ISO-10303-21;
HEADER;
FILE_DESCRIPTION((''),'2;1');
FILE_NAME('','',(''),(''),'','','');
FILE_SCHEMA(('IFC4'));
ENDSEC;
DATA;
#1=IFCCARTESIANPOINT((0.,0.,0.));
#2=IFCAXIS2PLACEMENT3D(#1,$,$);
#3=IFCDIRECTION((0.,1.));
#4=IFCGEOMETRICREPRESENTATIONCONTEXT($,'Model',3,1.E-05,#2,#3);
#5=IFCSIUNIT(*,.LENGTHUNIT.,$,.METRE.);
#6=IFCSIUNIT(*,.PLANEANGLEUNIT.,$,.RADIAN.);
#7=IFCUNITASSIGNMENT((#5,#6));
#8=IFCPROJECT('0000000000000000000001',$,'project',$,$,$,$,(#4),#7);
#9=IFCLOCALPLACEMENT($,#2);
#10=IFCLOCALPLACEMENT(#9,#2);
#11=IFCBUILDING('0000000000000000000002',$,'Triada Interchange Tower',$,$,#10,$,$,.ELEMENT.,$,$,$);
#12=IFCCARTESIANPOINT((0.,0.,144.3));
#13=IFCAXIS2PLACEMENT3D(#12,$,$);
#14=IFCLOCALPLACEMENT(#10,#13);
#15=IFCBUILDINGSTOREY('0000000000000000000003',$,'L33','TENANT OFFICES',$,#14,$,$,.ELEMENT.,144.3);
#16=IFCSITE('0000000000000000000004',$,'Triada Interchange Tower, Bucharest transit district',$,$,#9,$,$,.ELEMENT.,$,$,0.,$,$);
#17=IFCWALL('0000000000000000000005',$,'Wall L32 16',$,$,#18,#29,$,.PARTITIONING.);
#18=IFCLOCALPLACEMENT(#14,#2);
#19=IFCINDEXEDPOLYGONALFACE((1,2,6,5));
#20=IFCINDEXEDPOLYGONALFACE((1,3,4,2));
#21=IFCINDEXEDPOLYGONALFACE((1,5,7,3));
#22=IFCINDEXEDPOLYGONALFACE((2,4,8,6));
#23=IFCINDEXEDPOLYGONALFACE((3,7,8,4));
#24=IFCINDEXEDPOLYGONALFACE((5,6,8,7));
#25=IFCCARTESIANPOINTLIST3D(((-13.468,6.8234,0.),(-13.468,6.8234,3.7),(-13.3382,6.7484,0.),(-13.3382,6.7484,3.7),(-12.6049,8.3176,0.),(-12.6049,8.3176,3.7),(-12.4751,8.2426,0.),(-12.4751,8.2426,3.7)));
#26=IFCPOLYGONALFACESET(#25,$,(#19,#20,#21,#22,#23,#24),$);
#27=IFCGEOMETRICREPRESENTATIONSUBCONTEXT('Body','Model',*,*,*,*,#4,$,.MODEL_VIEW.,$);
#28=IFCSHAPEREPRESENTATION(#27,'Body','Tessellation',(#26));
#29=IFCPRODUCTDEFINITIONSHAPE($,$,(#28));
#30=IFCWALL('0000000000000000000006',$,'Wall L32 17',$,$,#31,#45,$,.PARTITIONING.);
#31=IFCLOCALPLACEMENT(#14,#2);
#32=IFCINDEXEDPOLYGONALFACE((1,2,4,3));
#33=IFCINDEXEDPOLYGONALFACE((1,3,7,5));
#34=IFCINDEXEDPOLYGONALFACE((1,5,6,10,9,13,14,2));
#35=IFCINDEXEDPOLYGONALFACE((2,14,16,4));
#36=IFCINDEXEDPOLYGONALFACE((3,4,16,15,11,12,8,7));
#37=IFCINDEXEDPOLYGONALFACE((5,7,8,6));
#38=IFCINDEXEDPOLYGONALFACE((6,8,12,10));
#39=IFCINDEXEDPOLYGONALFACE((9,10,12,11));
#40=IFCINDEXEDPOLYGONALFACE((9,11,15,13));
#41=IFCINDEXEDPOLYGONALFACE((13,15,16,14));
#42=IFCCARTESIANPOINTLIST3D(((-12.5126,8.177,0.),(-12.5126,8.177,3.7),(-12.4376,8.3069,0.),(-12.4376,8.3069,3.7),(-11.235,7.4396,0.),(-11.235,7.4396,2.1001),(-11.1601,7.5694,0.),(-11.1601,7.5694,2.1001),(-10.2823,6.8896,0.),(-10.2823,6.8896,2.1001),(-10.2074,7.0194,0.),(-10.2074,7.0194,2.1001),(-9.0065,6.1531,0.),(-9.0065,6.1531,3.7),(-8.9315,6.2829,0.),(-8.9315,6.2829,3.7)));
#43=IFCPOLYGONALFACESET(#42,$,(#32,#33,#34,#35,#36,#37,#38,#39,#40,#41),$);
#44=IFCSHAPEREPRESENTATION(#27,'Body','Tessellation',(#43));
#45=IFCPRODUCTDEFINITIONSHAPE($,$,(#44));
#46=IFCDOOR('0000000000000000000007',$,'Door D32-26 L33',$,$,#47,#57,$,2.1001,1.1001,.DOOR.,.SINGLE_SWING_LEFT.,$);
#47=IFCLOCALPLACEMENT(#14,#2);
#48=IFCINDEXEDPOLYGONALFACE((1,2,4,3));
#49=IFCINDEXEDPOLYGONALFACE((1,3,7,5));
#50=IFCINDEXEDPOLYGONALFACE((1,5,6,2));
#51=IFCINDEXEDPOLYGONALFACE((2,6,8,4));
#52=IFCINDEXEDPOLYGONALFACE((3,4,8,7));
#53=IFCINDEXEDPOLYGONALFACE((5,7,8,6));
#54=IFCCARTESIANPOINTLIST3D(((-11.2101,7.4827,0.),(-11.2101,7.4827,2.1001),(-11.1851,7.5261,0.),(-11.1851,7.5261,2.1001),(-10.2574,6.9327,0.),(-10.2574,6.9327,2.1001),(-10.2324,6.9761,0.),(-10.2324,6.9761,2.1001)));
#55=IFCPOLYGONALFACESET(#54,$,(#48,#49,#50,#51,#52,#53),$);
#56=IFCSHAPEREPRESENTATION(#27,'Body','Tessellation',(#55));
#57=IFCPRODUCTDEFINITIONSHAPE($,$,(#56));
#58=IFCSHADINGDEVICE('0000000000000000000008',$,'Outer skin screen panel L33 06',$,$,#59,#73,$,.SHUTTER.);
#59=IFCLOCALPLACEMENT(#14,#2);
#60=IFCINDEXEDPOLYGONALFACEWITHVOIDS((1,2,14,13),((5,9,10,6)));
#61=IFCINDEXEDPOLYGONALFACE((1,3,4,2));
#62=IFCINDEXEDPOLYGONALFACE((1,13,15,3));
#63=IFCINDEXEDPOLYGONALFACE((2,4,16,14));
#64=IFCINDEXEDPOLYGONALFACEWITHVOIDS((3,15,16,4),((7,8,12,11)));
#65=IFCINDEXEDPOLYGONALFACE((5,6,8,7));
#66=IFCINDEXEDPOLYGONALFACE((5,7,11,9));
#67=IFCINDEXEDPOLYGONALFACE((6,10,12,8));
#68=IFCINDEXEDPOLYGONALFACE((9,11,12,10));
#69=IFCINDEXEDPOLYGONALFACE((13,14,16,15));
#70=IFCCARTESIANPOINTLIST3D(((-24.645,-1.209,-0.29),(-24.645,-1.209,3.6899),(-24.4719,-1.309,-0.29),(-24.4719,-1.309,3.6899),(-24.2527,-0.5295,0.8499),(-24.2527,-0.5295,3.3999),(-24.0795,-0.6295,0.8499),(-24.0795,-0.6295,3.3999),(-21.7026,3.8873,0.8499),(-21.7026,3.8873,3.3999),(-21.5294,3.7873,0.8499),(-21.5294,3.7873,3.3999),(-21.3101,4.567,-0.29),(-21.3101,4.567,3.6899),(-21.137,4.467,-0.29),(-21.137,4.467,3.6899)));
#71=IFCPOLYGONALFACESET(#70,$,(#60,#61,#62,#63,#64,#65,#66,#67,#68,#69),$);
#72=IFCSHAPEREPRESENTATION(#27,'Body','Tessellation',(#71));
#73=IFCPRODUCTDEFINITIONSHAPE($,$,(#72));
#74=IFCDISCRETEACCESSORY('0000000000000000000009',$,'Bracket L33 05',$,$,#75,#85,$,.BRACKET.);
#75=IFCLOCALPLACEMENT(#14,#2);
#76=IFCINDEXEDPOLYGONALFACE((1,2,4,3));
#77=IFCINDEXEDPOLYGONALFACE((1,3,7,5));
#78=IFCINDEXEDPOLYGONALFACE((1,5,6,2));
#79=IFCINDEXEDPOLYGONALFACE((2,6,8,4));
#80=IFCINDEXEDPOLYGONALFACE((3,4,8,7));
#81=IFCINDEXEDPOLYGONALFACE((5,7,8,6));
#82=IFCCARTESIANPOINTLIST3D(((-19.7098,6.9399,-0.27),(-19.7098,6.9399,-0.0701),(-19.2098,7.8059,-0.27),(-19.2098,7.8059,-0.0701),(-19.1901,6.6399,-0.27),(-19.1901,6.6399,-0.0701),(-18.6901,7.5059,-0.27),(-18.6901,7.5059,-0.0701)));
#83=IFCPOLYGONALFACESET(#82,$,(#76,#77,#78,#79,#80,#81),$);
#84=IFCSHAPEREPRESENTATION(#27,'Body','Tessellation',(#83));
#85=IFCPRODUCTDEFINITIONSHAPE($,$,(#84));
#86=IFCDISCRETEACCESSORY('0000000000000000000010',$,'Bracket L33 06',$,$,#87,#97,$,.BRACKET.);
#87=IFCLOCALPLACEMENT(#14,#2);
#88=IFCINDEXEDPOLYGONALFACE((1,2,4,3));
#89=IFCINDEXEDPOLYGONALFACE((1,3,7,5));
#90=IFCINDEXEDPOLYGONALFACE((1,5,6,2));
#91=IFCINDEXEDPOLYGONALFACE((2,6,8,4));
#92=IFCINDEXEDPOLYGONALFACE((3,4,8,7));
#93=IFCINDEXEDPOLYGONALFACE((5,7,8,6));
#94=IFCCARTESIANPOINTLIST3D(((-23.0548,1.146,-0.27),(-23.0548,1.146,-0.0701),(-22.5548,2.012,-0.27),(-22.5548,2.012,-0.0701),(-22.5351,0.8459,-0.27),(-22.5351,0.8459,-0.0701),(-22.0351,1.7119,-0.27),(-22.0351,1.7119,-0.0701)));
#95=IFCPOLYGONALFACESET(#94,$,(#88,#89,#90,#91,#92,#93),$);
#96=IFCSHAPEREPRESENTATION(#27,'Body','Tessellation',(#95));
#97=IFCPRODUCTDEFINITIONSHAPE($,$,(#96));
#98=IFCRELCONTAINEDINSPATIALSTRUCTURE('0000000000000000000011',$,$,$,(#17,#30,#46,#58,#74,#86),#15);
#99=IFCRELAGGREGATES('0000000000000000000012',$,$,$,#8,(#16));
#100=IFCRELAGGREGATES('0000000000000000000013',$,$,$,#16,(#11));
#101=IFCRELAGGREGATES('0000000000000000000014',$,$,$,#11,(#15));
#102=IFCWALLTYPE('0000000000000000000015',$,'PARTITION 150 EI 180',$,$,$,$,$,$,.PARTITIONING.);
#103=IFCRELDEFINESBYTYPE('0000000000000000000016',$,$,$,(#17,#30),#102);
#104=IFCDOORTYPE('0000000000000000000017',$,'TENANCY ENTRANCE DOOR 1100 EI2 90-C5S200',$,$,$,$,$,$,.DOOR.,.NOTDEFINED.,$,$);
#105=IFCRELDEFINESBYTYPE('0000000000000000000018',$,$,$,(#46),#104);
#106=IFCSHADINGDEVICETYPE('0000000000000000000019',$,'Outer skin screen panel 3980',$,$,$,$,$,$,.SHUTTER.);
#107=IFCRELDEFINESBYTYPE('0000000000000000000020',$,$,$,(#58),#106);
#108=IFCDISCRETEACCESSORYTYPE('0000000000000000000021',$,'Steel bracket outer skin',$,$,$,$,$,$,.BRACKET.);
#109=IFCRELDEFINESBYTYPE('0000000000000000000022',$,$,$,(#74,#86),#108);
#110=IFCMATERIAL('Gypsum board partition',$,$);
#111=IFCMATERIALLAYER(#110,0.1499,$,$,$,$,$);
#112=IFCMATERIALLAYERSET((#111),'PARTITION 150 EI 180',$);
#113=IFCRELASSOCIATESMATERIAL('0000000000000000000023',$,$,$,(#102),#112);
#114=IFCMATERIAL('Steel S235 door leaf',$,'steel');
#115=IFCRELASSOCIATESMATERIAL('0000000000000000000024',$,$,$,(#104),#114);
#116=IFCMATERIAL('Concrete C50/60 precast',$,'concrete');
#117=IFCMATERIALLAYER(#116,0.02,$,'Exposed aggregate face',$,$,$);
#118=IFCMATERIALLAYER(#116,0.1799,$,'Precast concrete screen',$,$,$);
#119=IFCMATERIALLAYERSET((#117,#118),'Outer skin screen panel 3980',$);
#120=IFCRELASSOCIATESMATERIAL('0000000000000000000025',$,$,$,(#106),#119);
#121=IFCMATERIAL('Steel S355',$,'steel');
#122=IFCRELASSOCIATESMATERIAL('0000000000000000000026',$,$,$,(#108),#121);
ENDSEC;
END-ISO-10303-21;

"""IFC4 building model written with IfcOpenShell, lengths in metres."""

from ifc_helpers import new_model, si_unit, direction, frame, frame_2d, origin, origin_2d, place, context, subcontext, project, spatial, polyline, rectangle, outline, extrude, material, layer, layer_set, type_object, element, fill, save


model = new_model("IFC4")

# Units and contexts
model_context = context("Model", 3, precision=1e-05, world=origin(), true_north=direction((0.0, 1.0)))
body_context = subcontext(model_context, "Body", "Model", "MODEL_VIEW")
ifc_project = project(units=[si_unit("LENGTHUNIT", "METRE"), si_unit("PLANEANGLEUNIT", "RADIAN")], contexts=[model_context])

# Site, building, storey
site_placement = place(None, origin())
site = spatial("IfcSite", under=ifc_project, at=site_placement, Name="Triada Interchange Tower, Bucharest transit district", CompositionType="ELEMENT", RefElevation=0.0)
building_placement = place(site_placement, origin())
building = spatial("IfcBuilding", under=site, at=building_placement, Name="Triada Interchange Tower", CompositionType="ELEMENT")
storey_placement = place(building_placement, frame((0.0, 0.0, 144.3)))
storey = spatial("IfcBuildingStorey", under=building, at=storey_placement, Name="L33", Description="TENANT OFFICES", CompositionType="ELEMENT", Elevation=144.3)

# Shared definitions
ifc_material_1 = material(Name="Gypsum board partition")
ifc_layer_1 = layer(ifc_material_1, 0.1499)
ifc_layer_set_1 = layer_set([ifc_layer_1], Name="PARTITION 150 EI 180")
wall_type_1 = type_object("IfcWallType", Name="PARTITION 150 EI 180", PredefinedType="PARTITIONING", material=ifc_layer_set_1)
ifc_material_2 = material(Name="Steel S235 door leaf", Category="steel")
door_type_1 = type_object("IfcDoorType", Name="TENANCY ENTRANCE DOOR 1100 EI2 90-C5S200", OperationType="NOTDEFINED", PredefinedType="DOOR", material=ifc_material_2)

# Wall
wall_1_placement = place(storey_placement, frame((-13.4031, 6.7859, 0.0), z_axis=(0.0, 0.0, 1.0), x_axis=(0.500172, 0.865926, 0.0)))
element("IfcWall", 1, at=wall_1_placement, inside=storey, type_object=wall_type_1, Name="Wall L32 16", PredefinedType="PARTITIONING", context=body_context, shape_type="SweptSolid", body=[
    extrude(rectangle(XDim=1.7256, YDim=0.1499, at=frame_2d((0.8628, 0.0))), origin(), (0.0, 0.0, 1.0), 3.7),
])

# Wall, opening, door
wall_2_placement = place(storey_placement, frame((-12.4751, 8.2419, 0.0), z_axis=(0.0, 0.0, 1.0), x_axis=(0.86606, -0.49994, 0.0)))
wall_2 = element("IfcWall", 2, at=wall_2_placement, inside=storey, type_object=wall_type_1, Name="Wall L32 17", PredefinedType="PARTITIONING", context=body_context, shape_type="SweptSolid", body=[
    extrude(rectangle(XDim=4.0483, YDim=0.1499, at=frame_2d((2.0242, 0.0))), origin(), (0.0, 0.0, 1.0), 3.7),
])
opening_1_placement = place(wall_2_placement, frame((1.4751, 0.0, 0.0)))
opening_1 = element("IfcOpeningElement", 3, at=opening_1_placement, cuts=wall_2, PredefinedType="OPENING", context=body_context, shape_type="SweptSolid", body=[
    extrude(rectangle(XDim=1.1001, YDim=2.1001, at=frame_2d((0.55, 1.05))), frame((0.0, 0.085, 0.0), z_axis=(0.0, -1.0, 0.0), x_axis=(1.0, 0.0, 0.0)), (0.0, 0.0, 1.0), 0.1699),
])
door_1_placement = place(opening_1_placement, origin())
door_1 = element("IfcDoor", 4, at=door_1_placement, inside=storey, type_object=door_type_1, Name="Door D32-26 L33", OperationType="SINGLE_SWING_LEFT", OverallHeight=2.1001, OverallWidth=1.1001, PredefinedType="DOOR", context=body_context, shape_type="SweptSolid", body=[
    extrude(rectangle(XDim=1.1001, YDim=2.1001, at=frame_2d((0.55, 1.05))), frame((0.0, 0.0249, 0.0), z_axis=(0.0, -1.0, 0.0), x_axis=(1.0, 0.0, 0.0)), (0.0, 0.0, 1.0), 0.05),
])
fill(opening_1, door_1)

# Shading device
ifc_material_3 = material(Name="Concrete C50/60 precast", Category="concrete")
ifc_layer_2 = layer(ifc_material_3, 0.02, Name="Exposed aggregate face")
ifc_layer_3 = layer(ifc_material_3, 0.1799, Name="Precast concrete screen")
ifc_layer_set_2 = layer_set([ifc_layer_2, ifc_layer_3], Name="Outer skin screen panel 3980")
shading_device_type = type_object("IfcShadingDeviceType", Name="Outer skin screen panel 3980", PredefinedType="SHUTTER", material=ifc_layer_set_2)
shading_device_placement = place(storey_placement, frame((-21.137, 4.467, -0.29), z_axis=(0.0, 0.0, 1.0), x_axis=(-0.500013, -0.866018, 0.0)))
element("IfcShadingDevice", 5, at=shading_device_placement, inside=storey, type_object=shading_device_type, Name="Outer skin screen panel L33 06", PredefinedType="SHUTTER", context=body_context, shape_type="SweptSolid", body=[
    extrude(outline(polyline([(0.0, 0.0), (6.6697, 0.0), (6.6697, 3.98), (0.0, 3.98), (0.0, 0.0)]), holes=[polyline([(0.7849, 1.1399), (0.7849, 3.6899), (5.885, 3.6899), (5.885, 1.1399), (0.7849, 1.1399)])]), frame((0.0, 0.0, 0.0), z_axis=(0.0, -1.0, 0.0), x_axis=(1.0, 0.0, 0.0)), (0.0, 0.0, 1.0), 0.2),
])

# Discrete accessories
ifc_material_4 = material(Name="Steel S355", Category="steel")
discrete_accessory_type = type_object("IfcDiscreteAccessoryType", Name="Steel bracket outer skin", PredefinedType="BRACKET", material=ifc_material_4)
for number, where, z_axis, x_axis, name in (
    (6, (-19.2, 7.2229, -0.27), (0.0, 0.0, 1.0), (-0.866021, 0.500007, 0.0), "Bracket L33 05"),
    (7, (-22.5449, 1.429, -0.27), (0.0, 0.0, 1.0), (-0.866021, 0.500007, 0.0), "Bracket L33 06"),
):
    element("IfcDiscreteAccessory", number, at=place(storey_placement, frame(where, z_axis=z_axis, x_axis=x_axis)), inside=storey, type_object=discrete_accessory_type, Name=name, PredefinedType="BRACKET", context=body_context, shape_type="SweptSolid", body=[
        extrude(rectangle(XDim=0.6001, YDim=1.0, at=origin_2d()), origin(), (0.0, 0.0, 1.0), 0.2),
    ])

save(model, "model.ifc")
